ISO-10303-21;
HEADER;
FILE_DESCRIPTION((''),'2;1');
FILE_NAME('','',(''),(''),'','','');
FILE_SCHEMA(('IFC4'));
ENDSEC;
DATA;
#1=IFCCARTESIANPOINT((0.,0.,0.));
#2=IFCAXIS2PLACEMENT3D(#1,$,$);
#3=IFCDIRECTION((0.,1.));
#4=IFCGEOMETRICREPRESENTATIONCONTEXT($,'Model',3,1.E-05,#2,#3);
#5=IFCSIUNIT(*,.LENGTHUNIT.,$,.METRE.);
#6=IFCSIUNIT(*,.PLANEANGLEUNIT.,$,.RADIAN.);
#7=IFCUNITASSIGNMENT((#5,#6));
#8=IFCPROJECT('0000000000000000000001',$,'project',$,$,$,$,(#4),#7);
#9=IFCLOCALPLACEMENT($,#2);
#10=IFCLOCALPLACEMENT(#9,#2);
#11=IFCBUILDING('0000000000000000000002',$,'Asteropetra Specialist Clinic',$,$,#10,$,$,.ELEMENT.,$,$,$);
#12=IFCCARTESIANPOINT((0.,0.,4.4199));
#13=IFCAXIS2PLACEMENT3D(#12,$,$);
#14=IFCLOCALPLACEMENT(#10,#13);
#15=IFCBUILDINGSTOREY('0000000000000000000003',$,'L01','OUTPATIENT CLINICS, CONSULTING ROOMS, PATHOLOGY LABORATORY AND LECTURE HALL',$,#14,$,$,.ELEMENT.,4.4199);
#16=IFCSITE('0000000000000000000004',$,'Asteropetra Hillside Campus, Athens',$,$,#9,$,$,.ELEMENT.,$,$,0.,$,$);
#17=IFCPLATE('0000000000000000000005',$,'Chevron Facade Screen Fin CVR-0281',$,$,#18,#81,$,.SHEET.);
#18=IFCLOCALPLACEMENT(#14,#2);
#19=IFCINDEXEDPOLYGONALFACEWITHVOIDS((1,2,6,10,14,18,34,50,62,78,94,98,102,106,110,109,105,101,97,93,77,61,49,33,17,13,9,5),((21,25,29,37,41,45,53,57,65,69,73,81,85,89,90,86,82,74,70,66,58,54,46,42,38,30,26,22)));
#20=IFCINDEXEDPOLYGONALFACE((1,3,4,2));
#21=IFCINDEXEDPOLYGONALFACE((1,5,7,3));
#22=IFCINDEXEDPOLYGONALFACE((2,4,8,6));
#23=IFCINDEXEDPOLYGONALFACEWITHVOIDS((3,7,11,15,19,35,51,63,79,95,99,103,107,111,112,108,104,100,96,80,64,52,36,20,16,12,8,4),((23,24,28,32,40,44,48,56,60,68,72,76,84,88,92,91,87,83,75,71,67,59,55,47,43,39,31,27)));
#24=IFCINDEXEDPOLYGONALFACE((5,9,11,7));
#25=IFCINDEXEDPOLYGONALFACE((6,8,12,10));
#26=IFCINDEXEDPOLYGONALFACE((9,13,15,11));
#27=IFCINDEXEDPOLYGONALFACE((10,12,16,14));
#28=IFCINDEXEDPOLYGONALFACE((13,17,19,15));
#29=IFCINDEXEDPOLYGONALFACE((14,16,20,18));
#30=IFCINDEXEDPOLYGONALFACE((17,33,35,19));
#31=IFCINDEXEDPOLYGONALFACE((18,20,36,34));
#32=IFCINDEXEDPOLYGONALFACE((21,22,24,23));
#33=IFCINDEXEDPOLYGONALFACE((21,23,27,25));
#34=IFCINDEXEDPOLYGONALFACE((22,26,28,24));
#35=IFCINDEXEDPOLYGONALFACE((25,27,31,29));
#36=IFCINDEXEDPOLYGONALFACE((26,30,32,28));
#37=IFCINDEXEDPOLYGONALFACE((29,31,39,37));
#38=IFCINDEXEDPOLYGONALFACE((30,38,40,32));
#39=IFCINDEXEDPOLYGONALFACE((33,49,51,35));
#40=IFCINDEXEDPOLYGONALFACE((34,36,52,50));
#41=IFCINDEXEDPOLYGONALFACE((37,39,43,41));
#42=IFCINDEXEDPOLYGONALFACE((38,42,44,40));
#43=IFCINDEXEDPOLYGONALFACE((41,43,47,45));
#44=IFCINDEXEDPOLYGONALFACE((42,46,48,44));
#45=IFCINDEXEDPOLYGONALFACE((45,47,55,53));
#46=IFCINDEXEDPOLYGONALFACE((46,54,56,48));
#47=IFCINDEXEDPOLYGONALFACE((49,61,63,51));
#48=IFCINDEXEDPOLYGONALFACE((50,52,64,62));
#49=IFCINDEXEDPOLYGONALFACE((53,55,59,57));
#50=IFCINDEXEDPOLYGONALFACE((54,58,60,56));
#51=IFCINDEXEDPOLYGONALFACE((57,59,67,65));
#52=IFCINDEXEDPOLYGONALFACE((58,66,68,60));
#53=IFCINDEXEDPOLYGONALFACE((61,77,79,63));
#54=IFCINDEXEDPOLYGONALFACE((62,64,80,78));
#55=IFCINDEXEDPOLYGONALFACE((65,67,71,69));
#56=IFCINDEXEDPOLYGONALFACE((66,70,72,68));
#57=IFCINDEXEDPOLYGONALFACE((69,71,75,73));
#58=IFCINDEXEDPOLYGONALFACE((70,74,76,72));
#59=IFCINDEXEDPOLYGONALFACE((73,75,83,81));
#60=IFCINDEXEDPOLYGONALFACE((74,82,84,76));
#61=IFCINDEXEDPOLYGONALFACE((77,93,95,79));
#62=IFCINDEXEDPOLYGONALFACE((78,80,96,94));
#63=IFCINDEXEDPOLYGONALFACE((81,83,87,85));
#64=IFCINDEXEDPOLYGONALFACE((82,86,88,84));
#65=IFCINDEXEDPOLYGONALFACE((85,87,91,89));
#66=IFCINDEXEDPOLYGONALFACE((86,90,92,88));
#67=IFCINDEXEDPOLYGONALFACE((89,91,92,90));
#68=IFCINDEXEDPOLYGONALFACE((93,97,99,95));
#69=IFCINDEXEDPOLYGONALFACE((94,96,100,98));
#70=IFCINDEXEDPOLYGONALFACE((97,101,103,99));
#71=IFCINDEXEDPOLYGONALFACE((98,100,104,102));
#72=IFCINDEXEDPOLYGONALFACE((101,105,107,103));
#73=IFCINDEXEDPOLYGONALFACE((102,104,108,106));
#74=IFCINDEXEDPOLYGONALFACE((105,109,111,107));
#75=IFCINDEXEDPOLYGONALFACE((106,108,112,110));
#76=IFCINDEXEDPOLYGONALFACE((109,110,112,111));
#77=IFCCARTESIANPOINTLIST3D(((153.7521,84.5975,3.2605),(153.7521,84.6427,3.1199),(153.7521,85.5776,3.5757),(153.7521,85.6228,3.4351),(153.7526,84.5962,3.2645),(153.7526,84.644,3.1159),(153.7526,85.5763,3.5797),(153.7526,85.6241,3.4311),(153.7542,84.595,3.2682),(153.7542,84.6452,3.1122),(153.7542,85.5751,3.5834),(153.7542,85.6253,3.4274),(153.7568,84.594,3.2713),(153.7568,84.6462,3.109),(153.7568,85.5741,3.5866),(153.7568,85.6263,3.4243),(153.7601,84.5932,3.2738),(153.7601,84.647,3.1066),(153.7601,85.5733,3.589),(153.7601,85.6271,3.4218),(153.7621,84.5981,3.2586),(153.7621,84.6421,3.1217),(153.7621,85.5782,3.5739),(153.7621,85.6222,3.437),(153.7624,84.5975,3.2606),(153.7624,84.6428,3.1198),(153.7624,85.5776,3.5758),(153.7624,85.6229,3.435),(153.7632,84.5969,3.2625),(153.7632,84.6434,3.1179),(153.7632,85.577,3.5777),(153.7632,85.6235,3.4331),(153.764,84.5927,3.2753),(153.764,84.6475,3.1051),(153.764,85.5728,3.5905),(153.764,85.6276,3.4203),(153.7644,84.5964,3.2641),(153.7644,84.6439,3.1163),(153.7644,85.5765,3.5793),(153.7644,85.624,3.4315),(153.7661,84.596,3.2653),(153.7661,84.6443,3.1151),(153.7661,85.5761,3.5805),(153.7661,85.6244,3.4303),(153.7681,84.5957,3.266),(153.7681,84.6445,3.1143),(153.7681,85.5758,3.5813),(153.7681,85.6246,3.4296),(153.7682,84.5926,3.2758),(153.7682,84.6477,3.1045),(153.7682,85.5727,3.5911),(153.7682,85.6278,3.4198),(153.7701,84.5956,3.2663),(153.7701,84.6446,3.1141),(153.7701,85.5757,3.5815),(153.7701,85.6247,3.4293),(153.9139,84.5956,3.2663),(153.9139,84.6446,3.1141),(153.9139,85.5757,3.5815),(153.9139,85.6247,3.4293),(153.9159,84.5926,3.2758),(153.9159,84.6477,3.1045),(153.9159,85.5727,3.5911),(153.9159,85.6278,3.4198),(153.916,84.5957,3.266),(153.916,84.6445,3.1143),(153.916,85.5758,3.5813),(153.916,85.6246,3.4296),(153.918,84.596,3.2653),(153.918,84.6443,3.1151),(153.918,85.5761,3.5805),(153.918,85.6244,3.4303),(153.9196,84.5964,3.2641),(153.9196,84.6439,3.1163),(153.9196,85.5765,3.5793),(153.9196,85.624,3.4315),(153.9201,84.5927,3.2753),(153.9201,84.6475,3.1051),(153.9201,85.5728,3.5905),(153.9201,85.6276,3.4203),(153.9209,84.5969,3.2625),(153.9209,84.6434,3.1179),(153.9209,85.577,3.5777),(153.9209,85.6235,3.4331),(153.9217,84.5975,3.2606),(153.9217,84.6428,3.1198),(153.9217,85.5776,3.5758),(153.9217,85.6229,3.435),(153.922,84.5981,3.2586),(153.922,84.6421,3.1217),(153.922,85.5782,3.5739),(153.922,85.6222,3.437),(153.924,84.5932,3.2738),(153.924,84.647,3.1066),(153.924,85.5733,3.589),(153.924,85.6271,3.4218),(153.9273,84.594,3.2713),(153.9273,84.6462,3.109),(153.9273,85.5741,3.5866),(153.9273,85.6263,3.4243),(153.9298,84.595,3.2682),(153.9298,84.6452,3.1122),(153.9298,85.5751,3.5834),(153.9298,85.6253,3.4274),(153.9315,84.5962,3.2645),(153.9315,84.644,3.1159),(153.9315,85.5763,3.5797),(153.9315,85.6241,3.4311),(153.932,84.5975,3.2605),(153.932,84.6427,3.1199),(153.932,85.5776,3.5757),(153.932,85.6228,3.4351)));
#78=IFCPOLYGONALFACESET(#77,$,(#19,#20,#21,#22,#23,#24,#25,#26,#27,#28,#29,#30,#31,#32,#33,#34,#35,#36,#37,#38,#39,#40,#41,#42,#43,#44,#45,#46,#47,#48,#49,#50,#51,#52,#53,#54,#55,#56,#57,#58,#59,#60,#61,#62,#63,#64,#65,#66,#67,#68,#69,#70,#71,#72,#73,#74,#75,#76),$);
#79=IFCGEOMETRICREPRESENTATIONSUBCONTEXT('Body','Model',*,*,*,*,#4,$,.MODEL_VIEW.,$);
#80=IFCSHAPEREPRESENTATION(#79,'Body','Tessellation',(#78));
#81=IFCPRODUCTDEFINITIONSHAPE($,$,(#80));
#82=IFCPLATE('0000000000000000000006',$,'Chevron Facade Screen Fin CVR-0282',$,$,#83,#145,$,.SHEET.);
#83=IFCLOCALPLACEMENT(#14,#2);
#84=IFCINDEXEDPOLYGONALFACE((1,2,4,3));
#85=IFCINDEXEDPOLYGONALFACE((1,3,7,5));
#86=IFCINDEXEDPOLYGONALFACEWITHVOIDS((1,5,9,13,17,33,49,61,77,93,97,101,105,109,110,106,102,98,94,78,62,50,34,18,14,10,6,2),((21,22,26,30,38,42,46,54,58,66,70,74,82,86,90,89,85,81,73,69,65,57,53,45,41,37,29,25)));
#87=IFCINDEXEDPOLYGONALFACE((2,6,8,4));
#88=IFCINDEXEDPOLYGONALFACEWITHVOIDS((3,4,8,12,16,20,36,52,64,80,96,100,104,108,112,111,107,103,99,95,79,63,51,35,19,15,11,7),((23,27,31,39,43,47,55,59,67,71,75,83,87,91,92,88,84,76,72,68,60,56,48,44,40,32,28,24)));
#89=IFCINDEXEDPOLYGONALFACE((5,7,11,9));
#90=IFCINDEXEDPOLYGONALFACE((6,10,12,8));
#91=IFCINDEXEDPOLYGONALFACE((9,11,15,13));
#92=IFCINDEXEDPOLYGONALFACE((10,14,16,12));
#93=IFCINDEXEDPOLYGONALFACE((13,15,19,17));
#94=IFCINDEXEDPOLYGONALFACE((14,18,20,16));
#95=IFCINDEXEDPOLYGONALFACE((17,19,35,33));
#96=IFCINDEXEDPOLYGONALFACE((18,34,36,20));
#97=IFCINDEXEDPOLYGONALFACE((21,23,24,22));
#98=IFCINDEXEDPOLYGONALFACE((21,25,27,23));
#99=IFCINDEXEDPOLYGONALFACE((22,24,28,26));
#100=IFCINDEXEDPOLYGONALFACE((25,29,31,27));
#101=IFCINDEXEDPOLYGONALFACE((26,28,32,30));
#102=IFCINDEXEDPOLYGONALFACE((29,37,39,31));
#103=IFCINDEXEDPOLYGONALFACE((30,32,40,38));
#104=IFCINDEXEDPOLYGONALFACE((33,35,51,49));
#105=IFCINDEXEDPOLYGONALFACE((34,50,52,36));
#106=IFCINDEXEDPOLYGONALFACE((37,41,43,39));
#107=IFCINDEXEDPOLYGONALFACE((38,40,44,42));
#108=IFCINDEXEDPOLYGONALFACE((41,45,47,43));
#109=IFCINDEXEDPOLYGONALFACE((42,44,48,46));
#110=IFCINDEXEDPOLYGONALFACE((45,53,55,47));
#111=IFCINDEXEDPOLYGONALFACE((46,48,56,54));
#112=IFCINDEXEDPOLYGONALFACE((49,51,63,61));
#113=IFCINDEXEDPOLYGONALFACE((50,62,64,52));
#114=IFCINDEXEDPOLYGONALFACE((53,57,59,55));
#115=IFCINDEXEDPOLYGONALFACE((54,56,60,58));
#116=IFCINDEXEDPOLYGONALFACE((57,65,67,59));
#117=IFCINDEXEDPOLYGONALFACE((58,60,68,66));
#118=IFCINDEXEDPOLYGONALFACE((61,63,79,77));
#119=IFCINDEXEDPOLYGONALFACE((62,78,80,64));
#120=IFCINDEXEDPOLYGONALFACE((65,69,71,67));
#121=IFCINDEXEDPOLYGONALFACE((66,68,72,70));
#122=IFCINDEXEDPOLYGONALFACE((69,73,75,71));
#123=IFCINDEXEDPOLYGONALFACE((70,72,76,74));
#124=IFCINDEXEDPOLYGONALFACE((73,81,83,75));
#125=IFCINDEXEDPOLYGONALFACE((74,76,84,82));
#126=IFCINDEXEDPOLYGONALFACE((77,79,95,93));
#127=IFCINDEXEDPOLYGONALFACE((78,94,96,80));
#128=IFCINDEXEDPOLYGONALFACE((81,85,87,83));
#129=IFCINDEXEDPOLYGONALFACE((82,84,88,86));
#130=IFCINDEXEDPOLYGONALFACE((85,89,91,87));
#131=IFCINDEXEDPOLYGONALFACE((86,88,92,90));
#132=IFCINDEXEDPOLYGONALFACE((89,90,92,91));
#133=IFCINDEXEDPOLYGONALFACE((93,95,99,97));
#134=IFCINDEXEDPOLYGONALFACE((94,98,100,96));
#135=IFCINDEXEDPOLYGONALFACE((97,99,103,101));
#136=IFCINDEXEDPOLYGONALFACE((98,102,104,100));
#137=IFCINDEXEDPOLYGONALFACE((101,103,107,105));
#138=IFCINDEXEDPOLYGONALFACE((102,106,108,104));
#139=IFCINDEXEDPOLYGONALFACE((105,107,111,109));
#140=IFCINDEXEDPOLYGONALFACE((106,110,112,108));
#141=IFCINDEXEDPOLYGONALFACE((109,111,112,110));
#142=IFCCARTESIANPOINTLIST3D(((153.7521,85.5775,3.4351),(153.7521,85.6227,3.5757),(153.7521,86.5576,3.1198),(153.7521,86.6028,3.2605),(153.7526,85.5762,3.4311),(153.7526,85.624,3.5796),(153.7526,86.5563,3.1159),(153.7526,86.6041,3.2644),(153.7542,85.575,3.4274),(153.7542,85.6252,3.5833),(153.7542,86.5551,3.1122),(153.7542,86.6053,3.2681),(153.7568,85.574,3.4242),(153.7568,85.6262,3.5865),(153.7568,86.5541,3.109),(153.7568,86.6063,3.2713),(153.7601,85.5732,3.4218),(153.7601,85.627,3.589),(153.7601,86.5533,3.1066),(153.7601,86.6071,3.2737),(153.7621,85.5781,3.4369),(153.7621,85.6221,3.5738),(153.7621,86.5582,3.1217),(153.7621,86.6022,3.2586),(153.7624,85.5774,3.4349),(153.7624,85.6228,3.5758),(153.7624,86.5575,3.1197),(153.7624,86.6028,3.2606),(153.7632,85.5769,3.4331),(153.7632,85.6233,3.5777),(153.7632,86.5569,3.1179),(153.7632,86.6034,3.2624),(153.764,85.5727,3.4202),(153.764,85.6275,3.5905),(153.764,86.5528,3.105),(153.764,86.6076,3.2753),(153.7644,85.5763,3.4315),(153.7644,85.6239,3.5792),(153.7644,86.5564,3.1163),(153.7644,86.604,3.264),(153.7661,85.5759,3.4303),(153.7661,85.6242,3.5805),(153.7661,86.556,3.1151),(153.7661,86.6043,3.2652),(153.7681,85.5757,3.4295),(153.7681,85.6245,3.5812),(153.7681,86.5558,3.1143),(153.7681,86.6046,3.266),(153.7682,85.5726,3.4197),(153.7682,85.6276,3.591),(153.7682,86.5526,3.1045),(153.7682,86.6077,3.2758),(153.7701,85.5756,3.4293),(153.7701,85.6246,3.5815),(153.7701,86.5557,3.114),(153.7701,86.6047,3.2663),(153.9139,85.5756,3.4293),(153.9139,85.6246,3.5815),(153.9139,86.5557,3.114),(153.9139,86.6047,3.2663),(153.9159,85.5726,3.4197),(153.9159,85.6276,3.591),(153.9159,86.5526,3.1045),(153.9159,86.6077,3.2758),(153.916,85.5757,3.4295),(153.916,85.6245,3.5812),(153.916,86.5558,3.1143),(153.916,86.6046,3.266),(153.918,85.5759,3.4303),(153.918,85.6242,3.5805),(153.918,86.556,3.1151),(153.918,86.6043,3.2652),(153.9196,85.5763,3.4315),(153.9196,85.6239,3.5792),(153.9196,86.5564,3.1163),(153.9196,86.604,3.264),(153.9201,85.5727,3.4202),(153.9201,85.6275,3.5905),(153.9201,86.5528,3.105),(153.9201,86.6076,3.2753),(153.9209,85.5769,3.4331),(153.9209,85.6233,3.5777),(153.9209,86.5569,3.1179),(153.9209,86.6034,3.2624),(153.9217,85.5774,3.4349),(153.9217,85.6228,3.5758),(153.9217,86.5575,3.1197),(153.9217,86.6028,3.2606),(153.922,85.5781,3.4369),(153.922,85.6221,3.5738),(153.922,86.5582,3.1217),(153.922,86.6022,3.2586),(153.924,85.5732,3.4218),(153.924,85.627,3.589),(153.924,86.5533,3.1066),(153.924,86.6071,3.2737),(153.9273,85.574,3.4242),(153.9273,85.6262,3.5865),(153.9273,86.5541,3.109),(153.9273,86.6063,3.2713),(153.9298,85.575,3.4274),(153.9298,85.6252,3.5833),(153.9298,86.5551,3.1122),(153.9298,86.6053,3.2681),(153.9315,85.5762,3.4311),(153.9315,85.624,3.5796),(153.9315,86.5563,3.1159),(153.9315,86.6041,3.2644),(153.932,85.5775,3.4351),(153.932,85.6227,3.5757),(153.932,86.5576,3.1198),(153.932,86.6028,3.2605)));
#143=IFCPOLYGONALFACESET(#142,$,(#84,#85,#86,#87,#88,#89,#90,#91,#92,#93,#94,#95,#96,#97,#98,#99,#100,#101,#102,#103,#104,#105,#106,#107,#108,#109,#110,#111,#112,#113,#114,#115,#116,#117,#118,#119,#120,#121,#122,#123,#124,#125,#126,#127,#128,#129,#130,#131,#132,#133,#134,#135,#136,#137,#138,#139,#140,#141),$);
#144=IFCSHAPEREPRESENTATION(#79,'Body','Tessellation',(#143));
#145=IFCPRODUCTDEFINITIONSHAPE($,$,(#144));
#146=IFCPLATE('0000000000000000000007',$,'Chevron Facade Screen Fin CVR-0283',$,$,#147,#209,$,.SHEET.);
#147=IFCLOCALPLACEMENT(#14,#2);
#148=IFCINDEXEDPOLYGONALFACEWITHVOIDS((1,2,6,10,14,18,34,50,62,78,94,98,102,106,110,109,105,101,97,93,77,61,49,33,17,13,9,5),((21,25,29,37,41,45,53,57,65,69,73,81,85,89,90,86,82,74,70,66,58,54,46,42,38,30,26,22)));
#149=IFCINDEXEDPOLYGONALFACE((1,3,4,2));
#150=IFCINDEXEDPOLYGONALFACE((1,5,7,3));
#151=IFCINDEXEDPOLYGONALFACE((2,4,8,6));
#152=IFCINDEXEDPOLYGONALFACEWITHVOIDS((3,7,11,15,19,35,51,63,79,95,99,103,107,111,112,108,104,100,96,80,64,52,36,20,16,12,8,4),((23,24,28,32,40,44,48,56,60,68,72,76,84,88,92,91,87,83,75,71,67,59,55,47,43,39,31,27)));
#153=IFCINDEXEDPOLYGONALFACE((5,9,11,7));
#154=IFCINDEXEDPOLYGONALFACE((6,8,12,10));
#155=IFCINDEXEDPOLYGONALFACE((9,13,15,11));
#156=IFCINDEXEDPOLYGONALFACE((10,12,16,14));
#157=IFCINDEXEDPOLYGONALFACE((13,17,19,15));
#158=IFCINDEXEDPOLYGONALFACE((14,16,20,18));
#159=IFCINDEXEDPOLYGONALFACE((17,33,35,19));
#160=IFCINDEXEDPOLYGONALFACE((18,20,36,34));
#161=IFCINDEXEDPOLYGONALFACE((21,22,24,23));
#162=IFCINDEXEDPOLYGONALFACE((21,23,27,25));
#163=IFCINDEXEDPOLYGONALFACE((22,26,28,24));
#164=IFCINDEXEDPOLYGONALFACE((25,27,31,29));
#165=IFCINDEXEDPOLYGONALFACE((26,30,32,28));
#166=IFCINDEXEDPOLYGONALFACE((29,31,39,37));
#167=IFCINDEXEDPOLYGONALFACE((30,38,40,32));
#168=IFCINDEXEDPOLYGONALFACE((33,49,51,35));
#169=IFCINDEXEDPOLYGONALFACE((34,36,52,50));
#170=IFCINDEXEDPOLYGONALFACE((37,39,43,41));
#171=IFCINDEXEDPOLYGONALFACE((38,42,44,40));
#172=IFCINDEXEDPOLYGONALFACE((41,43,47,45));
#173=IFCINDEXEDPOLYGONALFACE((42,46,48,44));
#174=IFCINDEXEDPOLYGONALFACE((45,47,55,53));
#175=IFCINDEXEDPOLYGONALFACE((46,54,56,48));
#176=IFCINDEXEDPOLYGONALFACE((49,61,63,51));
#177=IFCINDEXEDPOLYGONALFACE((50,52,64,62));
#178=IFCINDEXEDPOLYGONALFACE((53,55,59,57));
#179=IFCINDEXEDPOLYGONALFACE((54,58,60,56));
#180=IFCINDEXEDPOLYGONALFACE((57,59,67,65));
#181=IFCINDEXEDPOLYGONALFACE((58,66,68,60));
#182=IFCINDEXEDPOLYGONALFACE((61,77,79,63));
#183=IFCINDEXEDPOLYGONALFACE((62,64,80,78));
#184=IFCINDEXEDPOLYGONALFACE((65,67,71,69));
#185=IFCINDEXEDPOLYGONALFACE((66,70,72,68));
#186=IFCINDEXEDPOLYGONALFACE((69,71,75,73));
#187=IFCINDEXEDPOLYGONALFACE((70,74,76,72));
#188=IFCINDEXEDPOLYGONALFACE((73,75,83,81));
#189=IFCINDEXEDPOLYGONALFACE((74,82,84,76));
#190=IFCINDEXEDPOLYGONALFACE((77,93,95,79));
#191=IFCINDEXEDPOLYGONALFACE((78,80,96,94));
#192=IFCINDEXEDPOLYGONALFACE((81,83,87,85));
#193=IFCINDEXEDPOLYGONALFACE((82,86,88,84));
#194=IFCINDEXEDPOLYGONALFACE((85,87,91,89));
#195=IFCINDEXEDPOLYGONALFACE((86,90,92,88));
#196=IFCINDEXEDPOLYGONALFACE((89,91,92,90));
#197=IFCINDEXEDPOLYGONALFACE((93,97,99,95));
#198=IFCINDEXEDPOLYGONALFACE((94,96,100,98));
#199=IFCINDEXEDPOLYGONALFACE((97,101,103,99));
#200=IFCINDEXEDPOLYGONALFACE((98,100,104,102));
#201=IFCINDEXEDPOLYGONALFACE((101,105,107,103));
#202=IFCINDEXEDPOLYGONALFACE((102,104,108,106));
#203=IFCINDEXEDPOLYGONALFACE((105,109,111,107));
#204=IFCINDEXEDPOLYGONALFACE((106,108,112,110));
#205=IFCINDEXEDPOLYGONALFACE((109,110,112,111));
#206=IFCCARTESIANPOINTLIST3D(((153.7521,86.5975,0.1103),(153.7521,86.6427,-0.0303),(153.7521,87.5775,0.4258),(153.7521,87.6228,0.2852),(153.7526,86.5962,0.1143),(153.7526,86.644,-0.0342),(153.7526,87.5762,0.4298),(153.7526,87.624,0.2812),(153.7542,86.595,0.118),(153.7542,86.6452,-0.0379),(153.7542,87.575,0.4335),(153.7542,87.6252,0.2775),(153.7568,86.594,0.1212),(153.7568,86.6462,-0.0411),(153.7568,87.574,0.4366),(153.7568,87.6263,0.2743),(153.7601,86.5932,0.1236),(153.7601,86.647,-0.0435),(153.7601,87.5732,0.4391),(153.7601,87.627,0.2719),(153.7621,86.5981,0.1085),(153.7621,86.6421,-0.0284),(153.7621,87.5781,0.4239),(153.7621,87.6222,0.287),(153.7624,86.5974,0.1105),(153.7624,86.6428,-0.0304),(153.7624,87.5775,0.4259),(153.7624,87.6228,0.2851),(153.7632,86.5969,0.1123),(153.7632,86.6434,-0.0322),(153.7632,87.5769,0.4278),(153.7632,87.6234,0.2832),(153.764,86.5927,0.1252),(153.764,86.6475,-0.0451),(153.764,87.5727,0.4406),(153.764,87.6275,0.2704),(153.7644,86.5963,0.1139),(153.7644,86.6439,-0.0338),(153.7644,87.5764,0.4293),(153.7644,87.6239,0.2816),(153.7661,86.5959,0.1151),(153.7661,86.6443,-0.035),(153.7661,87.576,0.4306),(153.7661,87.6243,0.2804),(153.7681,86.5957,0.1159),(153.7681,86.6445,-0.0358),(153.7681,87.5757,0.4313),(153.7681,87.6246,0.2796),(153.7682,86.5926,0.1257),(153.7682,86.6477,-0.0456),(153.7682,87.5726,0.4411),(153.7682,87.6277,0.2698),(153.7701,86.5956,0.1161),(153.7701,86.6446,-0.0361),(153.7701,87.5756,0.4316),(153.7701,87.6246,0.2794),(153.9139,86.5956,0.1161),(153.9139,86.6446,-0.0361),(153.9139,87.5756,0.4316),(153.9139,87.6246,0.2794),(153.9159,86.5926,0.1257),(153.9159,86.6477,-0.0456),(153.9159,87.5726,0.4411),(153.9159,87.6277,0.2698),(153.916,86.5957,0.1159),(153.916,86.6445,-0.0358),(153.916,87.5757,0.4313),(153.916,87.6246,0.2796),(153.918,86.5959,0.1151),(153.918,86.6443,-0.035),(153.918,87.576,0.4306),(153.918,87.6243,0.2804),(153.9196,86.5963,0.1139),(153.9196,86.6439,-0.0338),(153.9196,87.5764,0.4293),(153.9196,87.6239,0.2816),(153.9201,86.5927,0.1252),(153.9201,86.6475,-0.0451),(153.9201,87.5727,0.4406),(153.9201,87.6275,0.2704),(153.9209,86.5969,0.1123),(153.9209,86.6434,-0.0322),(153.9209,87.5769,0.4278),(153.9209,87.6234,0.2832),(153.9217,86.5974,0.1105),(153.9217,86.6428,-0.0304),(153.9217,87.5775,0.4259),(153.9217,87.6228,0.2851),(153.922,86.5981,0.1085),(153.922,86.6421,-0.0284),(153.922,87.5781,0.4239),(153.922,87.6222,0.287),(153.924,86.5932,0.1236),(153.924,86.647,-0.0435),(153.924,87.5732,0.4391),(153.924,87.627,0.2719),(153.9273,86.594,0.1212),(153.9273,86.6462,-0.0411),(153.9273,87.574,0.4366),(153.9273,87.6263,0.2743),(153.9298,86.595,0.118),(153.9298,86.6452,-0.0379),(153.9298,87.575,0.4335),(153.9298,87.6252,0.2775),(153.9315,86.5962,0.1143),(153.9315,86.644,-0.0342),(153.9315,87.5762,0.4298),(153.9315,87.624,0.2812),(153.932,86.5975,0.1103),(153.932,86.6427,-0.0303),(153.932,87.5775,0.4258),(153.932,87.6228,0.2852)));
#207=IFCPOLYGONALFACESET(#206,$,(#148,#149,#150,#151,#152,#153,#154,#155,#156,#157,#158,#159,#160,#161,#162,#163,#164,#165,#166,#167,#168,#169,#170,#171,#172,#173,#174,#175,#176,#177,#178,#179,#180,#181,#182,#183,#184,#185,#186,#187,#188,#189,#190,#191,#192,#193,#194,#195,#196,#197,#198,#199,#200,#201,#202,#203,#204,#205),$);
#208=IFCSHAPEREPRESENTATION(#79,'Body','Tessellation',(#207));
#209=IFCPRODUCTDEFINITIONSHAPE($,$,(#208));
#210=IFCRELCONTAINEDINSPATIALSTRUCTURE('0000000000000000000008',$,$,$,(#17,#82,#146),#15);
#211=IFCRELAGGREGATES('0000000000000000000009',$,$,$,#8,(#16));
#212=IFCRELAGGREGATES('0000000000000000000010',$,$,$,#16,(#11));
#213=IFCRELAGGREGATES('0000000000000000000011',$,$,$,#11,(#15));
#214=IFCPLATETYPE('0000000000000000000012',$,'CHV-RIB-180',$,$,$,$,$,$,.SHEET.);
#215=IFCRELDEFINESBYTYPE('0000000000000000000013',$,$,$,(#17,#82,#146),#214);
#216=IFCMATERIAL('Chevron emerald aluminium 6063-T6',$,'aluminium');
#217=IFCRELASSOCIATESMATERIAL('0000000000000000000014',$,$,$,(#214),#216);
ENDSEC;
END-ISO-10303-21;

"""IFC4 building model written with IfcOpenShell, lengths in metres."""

from ifc_helpers import new_model, si_unit, direction, frame, origin, origin_2d, place, context, subcontext, project, spatial, hollow_rectangle, extrude, material, material_profile, profile_set, type_object, element, save


model = new_model("IFC4")

# Units and contexts
model_context = context("Model", 3, precision=1e-05, world=origin(), true_north=direction((0.0, 1.0)))
body_context = subcontext(model_context, "Body", "Model", "MODEL_VIEW")
ifc_project = project(units=[si_unit("LENGTHUNIT", "METRE"), si_unit("PLANEANGLEUNIT", "RADIAN")], contexts=[model_context])

# Site, building, storey
site_placement = place(None, origin())
site = spatial("IfcSite", under=ifc_project, at=site_placement, Name="Asteropetra Hillside Campus, Athens", CompositionType="ELEMENT", RefElevation=0.0)
building_placement = place(site_placement, origin())
building = spatial("IfcBuilding", under=site, at=building_placement, Name="Asteropetra Specialist Clinic", CompositionType="ELEMENT")
storey_placement = place(building_placement, frame((0.0, 0.0, 4.4199)))
storey = spatial("IfcBuildingStorey", under=building, at=storey_placement, Name="L01", Description="OUTPATIENT CLINICS, CONSULTING ROOMS, PATHOLOGY LABORATORY AND LECTURE HALL", CompositionType="ELEMENT", Elevation=4.4199)

# Plates
ifc_material = material(Name="Chevron emerald aluminium 6063-T6", Category="aluminium")
ifc_material_profile = material_profile(ifc_material, hollow_rectangle(XDim=0.1799, YDim=0.1799, WallThickness=0.01, InnerFilletRadius=0.0081, OuterFilletRadius=0.0161, at=origin_2d()), Name="SHS 180x180x10.0")
ifc_profile_set = profile_set([ifc_material_profile], Name="Chevron emerald aluminium 6063-T6")
plate_type = type_object("IfcPlateType", Name="CHV-RIB-180", PredefinedType="SHEET", material=ifc_profile_set)
for number, where, z_axis, x_axis, name in (
    (1, (153.842, 84.6201, 3.1902), (0.0, 0.951974, 0.306178), (-1.0, 0.0, 0.0), "Chevron Facade Screen Fin CVR-0281"),
    (2, (153.842, 85.6001, 3.5054), (0.0, 0.951974, -0.306178), (-1.0, 0.0, 0.0), "Chevron Facade Screen Fin CVR-0282"),
    (3, (153.842, 86.6201, 0.04), (0.0, 0.951905, 0.306393), (-1.0, 0.0, 0.0), "Chevron Facade Screen Fin CVR-0283"),
):
    element("IfcPlate", number, at=place(storey_placement, frame(where, z_axis=z_axis, x_axis=x_axis)), inside=storey, type_object=plate_type, Name=name, PredefinedType="SHEET", context=body_context, shape_type="SweptSolid", body=[
        extrude(hollow_rectangle(XDim=0.1799, YDim=0.1799, WallThickness=0.01, InnerFilletRadius=0.0081, OuterFilletRadius=0.0161, at=origin_2d()), origin(), (0.0, 0.0, 1.0), 1.0295),
    ])

save(model, "model.ifc")
